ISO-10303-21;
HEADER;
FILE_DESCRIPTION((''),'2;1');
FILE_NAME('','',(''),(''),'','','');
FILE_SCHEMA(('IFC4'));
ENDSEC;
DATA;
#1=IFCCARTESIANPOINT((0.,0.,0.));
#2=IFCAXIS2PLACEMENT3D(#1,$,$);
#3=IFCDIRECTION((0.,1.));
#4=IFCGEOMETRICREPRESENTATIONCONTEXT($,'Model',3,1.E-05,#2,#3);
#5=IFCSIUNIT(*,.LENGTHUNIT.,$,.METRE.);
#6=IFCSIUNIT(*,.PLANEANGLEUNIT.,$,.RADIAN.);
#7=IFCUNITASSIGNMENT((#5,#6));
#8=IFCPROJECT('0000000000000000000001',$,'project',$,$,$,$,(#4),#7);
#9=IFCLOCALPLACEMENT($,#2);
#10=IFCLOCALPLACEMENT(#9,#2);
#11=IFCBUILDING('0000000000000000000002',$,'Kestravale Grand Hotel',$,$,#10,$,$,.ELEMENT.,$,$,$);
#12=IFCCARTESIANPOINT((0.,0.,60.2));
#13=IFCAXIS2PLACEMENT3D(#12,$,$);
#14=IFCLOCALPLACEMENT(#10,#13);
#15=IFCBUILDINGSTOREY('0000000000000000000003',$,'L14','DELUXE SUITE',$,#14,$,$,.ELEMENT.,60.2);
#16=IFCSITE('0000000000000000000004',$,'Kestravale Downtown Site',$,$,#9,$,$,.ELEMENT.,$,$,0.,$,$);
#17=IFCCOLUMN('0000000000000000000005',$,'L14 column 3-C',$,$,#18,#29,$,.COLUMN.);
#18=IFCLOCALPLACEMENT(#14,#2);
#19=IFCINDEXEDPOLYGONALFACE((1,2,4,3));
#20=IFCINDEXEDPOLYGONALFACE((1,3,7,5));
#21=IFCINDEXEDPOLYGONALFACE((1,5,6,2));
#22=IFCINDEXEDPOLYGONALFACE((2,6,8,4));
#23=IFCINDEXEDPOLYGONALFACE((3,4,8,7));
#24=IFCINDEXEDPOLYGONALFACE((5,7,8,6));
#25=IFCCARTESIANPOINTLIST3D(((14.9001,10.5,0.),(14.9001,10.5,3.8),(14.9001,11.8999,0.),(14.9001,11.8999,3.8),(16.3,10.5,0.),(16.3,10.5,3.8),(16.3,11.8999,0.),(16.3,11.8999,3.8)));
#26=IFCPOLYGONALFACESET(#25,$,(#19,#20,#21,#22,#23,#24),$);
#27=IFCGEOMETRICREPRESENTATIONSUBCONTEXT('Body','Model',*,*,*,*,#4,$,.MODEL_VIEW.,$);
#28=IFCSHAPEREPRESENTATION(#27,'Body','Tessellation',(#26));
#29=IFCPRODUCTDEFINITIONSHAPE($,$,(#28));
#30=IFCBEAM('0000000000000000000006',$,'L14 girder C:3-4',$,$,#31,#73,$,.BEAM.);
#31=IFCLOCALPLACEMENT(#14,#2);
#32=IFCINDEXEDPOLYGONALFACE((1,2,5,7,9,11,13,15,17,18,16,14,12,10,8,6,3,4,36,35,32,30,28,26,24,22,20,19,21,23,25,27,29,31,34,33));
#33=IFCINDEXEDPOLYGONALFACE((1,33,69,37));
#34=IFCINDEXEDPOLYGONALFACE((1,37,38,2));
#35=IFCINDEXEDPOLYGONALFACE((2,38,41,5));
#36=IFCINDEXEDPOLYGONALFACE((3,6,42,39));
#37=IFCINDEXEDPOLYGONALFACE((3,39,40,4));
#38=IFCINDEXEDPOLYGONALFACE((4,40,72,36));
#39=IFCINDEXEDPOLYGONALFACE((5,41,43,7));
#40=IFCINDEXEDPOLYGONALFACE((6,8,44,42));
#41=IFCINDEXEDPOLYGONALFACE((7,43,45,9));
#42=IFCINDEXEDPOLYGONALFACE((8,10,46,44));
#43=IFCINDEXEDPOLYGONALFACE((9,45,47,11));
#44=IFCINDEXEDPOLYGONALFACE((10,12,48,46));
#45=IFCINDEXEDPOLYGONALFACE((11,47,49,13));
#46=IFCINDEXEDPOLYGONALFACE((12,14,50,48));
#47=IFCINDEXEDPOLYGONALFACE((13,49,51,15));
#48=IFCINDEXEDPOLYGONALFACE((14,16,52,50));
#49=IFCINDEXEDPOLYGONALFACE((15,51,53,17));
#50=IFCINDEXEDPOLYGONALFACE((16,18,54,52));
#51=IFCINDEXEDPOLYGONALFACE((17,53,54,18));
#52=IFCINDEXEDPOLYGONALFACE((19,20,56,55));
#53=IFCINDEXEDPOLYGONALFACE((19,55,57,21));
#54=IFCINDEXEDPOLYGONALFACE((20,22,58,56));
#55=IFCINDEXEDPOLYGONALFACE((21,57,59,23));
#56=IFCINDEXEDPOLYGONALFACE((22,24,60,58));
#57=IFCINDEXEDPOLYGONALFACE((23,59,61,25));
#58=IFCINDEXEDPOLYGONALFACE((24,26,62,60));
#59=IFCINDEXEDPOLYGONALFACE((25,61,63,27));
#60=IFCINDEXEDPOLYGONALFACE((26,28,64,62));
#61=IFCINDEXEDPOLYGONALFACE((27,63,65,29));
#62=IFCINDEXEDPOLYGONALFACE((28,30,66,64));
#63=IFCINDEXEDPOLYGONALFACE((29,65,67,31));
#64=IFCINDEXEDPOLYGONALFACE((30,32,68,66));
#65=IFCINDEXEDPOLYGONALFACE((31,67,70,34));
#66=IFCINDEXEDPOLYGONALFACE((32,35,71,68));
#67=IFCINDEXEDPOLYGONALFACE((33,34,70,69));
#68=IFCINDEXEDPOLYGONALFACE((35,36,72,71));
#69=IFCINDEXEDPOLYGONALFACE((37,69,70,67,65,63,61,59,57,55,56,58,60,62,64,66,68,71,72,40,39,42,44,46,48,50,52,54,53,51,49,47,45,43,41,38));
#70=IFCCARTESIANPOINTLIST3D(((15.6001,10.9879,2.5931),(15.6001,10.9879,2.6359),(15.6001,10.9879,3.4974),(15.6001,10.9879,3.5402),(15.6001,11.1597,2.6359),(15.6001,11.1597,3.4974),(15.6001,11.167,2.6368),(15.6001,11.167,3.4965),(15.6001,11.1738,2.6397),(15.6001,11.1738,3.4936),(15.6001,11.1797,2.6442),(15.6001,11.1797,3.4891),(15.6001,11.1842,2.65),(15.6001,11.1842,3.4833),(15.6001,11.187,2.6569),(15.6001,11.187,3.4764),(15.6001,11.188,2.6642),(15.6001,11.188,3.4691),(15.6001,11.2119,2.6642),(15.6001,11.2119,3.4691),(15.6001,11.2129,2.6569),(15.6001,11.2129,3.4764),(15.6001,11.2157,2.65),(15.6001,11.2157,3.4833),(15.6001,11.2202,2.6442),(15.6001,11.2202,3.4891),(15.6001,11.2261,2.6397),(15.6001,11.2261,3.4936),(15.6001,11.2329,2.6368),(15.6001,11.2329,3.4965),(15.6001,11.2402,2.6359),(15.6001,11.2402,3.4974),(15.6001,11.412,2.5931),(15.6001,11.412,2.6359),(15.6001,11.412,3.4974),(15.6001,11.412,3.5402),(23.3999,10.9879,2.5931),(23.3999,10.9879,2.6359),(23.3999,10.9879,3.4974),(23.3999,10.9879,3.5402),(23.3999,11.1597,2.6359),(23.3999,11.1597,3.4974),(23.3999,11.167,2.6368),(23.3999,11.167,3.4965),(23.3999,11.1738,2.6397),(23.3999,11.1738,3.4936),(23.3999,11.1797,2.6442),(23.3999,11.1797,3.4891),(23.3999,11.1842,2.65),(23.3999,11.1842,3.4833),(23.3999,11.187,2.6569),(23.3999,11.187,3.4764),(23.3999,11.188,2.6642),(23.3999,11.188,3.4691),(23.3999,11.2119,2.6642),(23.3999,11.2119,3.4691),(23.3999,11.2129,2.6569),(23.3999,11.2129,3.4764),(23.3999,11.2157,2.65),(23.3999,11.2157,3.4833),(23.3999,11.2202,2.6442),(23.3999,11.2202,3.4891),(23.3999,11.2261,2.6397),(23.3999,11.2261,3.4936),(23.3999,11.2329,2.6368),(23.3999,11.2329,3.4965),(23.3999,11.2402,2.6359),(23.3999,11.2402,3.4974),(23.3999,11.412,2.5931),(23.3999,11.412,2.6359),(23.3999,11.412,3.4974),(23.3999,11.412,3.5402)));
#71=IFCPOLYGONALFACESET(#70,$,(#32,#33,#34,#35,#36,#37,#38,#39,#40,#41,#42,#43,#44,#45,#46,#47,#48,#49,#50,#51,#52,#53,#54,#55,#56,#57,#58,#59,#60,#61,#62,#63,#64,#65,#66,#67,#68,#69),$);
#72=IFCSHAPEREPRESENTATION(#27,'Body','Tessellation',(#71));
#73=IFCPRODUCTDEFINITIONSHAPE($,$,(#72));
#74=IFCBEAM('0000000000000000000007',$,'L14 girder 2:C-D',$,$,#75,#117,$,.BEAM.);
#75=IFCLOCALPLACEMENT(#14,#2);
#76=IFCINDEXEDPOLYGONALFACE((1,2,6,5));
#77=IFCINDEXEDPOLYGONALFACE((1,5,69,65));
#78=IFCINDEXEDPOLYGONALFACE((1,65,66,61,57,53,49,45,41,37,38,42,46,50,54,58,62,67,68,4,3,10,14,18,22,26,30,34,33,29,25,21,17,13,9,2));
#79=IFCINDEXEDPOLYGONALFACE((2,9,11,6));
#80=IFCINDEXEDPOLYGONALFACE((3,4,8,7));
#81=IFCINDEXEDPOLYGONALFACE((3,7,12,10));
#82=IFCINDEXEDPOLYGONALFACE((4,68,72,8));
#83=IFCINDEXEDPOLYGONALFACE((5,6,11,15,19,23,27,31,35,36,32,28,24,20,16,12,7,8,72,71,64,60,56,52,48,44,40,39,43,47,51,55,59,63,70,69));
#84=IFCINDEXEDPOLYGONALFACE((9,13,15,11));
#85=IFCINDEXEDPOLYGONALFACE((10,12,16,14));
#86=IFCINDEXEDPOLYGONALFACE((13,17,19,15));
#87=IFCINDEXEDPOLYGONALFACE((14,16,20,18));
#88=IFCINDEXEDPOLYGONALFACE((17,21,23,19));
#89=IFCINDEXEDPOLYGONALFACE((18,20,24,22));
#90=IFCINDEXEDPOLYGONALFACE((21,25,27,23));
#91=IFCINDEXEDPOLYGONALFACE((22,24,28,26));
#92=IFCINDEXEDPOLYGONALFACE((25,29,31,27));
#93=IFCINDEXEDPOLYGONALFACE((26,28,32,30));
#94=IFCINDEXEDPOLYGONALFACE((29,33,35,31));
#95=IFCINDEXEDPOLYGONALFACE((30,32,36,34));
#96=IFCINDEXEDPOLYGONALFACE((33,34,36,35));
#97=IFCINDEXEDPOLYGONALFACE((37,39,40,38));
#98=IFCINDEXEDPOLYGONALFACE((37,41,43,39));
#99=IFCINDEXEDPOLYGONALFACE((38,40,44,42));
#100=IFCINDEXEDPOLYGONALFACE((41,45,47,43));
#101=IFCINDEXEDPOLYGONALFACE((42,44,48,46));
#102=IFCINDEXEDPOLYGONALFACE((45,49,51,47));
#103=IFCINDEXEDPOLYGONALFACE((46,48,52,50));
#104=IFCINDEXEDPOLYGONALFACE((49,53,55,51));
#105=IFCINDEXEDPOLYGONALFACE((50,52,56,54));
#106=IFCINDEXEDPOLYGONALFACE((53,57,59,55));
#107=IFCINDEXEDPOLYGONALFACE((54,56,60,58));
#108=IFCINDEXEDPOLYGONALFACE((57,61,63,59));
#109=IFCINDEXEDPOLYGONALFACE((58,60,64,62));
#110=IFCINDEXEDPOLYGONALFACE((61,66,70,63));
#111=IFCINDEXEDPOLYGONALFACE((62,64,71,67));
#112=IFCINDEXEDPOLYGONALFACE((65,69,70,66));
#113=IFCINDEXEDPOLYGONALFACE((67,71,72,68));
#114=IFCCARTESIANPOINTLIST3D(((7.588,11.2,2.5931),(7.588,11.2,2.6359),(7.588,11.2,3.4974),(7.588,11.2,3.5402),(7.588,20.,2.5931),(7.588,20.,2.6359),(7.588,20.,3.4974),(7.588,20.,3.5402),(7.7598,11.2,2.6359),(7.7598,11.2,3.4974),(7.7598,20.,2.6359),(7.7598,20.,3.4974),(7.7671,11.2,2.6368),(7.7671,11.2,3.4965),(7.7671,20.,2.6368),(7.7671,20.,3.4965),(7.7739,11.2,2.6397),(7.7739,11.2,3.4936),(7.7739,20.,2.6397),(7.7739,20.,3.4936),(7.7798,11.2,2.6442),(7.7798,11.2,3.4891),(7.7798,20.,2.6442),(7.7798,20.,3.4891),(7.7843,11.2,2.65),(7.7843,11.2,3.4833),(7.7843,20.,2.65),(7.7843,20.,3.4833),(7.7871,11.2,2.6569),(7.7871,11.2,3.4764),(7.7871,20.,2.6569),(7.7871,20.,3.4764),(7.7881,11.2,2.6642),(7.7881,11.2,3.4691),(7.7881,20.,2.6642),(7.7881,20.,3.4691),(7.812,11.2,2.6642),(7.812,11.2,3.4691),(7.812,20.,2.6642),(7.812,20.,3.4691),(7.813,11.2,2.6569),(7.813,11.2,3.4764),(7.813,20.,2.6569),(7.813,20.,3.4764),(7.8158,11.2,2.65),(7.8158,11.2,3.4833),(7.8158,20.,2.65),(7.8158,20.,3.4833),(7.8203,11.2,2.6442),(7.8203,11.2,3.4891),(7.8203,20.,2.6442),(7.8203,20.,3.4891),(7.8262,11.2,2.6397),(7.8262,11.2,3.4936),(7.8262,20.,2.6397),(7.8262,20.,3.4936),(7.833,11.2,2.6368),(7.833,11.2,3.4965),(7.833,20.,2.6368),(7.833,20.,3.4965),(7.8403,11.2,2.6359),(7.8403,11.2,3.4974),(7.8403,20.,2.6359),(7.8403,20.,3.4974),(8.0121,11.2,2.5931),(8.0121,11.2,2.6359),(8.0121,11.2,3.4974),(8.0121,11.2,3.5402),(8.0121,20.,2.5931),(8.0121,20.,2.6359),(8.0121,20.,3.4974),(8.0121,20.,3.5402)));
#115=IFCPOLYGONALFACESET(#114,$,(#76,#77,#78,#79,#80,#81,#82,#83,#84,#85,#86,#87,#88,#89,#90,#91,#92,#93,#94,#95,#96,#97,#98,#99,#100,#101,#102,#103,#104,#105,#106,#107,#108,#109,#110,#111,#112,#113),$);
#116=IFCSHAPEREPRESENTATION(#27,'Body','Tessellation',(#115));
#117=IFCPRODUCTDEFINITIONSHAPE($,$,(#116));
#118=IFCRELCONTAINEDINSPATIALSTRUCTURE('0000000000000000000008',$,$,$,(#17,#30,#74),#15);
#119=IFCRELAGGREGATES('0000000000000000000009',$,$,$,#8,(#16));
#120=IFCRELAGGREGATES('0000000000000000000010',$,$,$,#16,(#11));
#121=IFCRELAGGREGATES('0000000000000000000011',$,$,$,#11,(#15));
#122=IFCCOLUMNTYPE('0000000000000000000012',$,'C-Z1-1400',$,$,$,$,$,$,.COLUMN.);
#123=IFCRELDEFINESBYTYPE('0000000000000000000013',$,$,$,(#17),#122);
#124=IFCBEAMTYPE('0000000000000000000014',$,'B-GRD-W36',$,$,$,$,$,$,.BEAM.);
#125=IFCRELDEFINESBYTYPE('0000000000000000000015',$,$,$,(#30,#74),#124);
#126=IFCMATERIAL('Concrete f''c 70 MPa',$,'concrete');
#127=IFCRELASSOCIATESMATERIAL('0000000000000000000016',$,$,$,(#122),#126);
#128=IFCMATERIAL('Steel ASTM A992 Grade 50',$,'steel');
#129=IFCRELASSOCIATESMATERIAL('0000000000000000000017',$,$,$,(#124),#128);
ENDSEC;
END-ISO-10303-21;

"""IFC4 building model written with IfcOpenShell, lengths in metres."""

from ifc_helpers import new_model, si_unit, direction, frame, origin, origin_2d, place, context, subcontext, project, spatial, rectangle, i_section, extrude, material, material_profile, profile_set, type_object, element, save


model = new_model("IFC4")

# Units and contexts
model_context = context("Model", 3, precision=1e-05, world=origin(), true_north=direction((0.0, 1.0)))
body_context = subcontext(model_context, "Body", "Model", "MODEL_VIEW")
ifc_project = project(units=[si_unit("LENGTHUNIT", "METRE"), si_unit("PLANEANGLEUNIT", "RADIAN")], contexts=[model_context])

# Site, building, storey
site_placement = place(None, origin())
site = spatial("IfcSite", under=ifc_project, at=site_placement, Name="Kestravale Downtown Site", CompositionType="ELEMENT", RefElevation=0.0)
building_placement = place(site_placement, origin())
building = spatial("IfcBuilding", under=site, at=building_placement, Name="Kestravale Grand Hotel", CompositionType="ELEMENT")
storey_placement = place(building_placement, frame((0.0, 0.0, 60.2)))
storey = spatial("IfcBuildingStorey", under=building, at=storey_placement, Name="L14", Description="DELUXE SUITE", CompositionType="ELEMENT", Elevation=60.2)

# Column
ifc_material_1 = material(Name="Concrete f'c 70 MPa", Category="concrete")
ifc_material_profile_1 = material_profile(ifc_material_1, rectangle(XDim=1.3999, YDim=1.3999, at=origin_2d()))
ifc_profile_set_1 = profile_set([ifc_material_profile_1], Name="Concrete f'c 70 MPa")
column_type = type_object("IfcColumnType", Name="C-Z1-1400", PredefinedType="COLUMN", material=ifc_profile_set_1)
column_placement = place(storey_placement, frame((15.6001, 11.2, 0.0), z_axis=(0.0, 0.0, 1.0), x_axis=(1.0, 0.0, 0.0)))
element("IfcColumn", 1, at=column_placement, inside=storey, type_object=column_type, Name="L14 column 3-C", PredefinedType="COLUMN", context=body_context, shape_type="SweptSolid", body=[
    extrude(rectangle(XDim=1.3999, YDim=1.3999, at=origin_2d()), origin(), (0.0, 0.0, 1.0), 3.8),
])

# Beams
ifc_material_2 = material(Name="Steel ASTM A992 Grade 50", Category="steel")
ifc_material_profile_2 = material_profile(ifc_material_2, i_section(OverallWidth=0.4241, OverallDepth=0.947, WebThickness=0.0239, FlangeThickness=0.0427, FilletRadius=0.0283, at=origin_2d()))
ifc_profile_set_2 = profile_set([ifc_material_profile_2], Name="Steel ASTM A992 Grade 50")
beam_type = type_object("IfcBeamType", Name="B-GRD-W36", PredefinedType="BEAM", material=ifc_profile_set_2)
beam_1_placement = place(storey_placement, frame((15.6001, 11.2, 3.0667), z_axis=(1.0, 0.0, 0.0), x_axis=(0.0, 1.0, 0.0)))
element("IfcBeam", 2, at=beam_1_placement, inside=storey, type_object=beam_type, Name="L14 girder C:3-4", PredefinedType="BEAM", context=body_context, shape_type="SweptSolid", body=[
    extrude(i_section(OverallWidth=0.4241, OverallDepth=0.947, WebThickness=0.0239, FlangeThickness=0.0427, FilletRadius=0.0283, at=origin_2d()), origin(), (0.0, 0.0, 1.0), 7.7998),
])
beam_2_placement = place(storey_placement, frame((7.8, 11.2, 3.0667), z_axis=(0.0, 1.0, 0.0), x_axis=(-1.0, 0.0, 0.0)))
element("IfcBeam", 3, at=beam_2_placement, inside=storey, type_object=beam_type, Name="L14 girder 2:C-D", PredefinedType="BEAM", context=body_context, shape_type="SweptSolid", body=[
    extrude(i_section(OverallWidth=0.4241, OverallDepth=0.947, WebThickness=0.0239, FlangeThickness=0.0427, FilletRadius=0.0283, at=origin_2d()), origin(), (0.0, 0.0, 1.0), 8.8),
])

save(model, "model.ifc")
